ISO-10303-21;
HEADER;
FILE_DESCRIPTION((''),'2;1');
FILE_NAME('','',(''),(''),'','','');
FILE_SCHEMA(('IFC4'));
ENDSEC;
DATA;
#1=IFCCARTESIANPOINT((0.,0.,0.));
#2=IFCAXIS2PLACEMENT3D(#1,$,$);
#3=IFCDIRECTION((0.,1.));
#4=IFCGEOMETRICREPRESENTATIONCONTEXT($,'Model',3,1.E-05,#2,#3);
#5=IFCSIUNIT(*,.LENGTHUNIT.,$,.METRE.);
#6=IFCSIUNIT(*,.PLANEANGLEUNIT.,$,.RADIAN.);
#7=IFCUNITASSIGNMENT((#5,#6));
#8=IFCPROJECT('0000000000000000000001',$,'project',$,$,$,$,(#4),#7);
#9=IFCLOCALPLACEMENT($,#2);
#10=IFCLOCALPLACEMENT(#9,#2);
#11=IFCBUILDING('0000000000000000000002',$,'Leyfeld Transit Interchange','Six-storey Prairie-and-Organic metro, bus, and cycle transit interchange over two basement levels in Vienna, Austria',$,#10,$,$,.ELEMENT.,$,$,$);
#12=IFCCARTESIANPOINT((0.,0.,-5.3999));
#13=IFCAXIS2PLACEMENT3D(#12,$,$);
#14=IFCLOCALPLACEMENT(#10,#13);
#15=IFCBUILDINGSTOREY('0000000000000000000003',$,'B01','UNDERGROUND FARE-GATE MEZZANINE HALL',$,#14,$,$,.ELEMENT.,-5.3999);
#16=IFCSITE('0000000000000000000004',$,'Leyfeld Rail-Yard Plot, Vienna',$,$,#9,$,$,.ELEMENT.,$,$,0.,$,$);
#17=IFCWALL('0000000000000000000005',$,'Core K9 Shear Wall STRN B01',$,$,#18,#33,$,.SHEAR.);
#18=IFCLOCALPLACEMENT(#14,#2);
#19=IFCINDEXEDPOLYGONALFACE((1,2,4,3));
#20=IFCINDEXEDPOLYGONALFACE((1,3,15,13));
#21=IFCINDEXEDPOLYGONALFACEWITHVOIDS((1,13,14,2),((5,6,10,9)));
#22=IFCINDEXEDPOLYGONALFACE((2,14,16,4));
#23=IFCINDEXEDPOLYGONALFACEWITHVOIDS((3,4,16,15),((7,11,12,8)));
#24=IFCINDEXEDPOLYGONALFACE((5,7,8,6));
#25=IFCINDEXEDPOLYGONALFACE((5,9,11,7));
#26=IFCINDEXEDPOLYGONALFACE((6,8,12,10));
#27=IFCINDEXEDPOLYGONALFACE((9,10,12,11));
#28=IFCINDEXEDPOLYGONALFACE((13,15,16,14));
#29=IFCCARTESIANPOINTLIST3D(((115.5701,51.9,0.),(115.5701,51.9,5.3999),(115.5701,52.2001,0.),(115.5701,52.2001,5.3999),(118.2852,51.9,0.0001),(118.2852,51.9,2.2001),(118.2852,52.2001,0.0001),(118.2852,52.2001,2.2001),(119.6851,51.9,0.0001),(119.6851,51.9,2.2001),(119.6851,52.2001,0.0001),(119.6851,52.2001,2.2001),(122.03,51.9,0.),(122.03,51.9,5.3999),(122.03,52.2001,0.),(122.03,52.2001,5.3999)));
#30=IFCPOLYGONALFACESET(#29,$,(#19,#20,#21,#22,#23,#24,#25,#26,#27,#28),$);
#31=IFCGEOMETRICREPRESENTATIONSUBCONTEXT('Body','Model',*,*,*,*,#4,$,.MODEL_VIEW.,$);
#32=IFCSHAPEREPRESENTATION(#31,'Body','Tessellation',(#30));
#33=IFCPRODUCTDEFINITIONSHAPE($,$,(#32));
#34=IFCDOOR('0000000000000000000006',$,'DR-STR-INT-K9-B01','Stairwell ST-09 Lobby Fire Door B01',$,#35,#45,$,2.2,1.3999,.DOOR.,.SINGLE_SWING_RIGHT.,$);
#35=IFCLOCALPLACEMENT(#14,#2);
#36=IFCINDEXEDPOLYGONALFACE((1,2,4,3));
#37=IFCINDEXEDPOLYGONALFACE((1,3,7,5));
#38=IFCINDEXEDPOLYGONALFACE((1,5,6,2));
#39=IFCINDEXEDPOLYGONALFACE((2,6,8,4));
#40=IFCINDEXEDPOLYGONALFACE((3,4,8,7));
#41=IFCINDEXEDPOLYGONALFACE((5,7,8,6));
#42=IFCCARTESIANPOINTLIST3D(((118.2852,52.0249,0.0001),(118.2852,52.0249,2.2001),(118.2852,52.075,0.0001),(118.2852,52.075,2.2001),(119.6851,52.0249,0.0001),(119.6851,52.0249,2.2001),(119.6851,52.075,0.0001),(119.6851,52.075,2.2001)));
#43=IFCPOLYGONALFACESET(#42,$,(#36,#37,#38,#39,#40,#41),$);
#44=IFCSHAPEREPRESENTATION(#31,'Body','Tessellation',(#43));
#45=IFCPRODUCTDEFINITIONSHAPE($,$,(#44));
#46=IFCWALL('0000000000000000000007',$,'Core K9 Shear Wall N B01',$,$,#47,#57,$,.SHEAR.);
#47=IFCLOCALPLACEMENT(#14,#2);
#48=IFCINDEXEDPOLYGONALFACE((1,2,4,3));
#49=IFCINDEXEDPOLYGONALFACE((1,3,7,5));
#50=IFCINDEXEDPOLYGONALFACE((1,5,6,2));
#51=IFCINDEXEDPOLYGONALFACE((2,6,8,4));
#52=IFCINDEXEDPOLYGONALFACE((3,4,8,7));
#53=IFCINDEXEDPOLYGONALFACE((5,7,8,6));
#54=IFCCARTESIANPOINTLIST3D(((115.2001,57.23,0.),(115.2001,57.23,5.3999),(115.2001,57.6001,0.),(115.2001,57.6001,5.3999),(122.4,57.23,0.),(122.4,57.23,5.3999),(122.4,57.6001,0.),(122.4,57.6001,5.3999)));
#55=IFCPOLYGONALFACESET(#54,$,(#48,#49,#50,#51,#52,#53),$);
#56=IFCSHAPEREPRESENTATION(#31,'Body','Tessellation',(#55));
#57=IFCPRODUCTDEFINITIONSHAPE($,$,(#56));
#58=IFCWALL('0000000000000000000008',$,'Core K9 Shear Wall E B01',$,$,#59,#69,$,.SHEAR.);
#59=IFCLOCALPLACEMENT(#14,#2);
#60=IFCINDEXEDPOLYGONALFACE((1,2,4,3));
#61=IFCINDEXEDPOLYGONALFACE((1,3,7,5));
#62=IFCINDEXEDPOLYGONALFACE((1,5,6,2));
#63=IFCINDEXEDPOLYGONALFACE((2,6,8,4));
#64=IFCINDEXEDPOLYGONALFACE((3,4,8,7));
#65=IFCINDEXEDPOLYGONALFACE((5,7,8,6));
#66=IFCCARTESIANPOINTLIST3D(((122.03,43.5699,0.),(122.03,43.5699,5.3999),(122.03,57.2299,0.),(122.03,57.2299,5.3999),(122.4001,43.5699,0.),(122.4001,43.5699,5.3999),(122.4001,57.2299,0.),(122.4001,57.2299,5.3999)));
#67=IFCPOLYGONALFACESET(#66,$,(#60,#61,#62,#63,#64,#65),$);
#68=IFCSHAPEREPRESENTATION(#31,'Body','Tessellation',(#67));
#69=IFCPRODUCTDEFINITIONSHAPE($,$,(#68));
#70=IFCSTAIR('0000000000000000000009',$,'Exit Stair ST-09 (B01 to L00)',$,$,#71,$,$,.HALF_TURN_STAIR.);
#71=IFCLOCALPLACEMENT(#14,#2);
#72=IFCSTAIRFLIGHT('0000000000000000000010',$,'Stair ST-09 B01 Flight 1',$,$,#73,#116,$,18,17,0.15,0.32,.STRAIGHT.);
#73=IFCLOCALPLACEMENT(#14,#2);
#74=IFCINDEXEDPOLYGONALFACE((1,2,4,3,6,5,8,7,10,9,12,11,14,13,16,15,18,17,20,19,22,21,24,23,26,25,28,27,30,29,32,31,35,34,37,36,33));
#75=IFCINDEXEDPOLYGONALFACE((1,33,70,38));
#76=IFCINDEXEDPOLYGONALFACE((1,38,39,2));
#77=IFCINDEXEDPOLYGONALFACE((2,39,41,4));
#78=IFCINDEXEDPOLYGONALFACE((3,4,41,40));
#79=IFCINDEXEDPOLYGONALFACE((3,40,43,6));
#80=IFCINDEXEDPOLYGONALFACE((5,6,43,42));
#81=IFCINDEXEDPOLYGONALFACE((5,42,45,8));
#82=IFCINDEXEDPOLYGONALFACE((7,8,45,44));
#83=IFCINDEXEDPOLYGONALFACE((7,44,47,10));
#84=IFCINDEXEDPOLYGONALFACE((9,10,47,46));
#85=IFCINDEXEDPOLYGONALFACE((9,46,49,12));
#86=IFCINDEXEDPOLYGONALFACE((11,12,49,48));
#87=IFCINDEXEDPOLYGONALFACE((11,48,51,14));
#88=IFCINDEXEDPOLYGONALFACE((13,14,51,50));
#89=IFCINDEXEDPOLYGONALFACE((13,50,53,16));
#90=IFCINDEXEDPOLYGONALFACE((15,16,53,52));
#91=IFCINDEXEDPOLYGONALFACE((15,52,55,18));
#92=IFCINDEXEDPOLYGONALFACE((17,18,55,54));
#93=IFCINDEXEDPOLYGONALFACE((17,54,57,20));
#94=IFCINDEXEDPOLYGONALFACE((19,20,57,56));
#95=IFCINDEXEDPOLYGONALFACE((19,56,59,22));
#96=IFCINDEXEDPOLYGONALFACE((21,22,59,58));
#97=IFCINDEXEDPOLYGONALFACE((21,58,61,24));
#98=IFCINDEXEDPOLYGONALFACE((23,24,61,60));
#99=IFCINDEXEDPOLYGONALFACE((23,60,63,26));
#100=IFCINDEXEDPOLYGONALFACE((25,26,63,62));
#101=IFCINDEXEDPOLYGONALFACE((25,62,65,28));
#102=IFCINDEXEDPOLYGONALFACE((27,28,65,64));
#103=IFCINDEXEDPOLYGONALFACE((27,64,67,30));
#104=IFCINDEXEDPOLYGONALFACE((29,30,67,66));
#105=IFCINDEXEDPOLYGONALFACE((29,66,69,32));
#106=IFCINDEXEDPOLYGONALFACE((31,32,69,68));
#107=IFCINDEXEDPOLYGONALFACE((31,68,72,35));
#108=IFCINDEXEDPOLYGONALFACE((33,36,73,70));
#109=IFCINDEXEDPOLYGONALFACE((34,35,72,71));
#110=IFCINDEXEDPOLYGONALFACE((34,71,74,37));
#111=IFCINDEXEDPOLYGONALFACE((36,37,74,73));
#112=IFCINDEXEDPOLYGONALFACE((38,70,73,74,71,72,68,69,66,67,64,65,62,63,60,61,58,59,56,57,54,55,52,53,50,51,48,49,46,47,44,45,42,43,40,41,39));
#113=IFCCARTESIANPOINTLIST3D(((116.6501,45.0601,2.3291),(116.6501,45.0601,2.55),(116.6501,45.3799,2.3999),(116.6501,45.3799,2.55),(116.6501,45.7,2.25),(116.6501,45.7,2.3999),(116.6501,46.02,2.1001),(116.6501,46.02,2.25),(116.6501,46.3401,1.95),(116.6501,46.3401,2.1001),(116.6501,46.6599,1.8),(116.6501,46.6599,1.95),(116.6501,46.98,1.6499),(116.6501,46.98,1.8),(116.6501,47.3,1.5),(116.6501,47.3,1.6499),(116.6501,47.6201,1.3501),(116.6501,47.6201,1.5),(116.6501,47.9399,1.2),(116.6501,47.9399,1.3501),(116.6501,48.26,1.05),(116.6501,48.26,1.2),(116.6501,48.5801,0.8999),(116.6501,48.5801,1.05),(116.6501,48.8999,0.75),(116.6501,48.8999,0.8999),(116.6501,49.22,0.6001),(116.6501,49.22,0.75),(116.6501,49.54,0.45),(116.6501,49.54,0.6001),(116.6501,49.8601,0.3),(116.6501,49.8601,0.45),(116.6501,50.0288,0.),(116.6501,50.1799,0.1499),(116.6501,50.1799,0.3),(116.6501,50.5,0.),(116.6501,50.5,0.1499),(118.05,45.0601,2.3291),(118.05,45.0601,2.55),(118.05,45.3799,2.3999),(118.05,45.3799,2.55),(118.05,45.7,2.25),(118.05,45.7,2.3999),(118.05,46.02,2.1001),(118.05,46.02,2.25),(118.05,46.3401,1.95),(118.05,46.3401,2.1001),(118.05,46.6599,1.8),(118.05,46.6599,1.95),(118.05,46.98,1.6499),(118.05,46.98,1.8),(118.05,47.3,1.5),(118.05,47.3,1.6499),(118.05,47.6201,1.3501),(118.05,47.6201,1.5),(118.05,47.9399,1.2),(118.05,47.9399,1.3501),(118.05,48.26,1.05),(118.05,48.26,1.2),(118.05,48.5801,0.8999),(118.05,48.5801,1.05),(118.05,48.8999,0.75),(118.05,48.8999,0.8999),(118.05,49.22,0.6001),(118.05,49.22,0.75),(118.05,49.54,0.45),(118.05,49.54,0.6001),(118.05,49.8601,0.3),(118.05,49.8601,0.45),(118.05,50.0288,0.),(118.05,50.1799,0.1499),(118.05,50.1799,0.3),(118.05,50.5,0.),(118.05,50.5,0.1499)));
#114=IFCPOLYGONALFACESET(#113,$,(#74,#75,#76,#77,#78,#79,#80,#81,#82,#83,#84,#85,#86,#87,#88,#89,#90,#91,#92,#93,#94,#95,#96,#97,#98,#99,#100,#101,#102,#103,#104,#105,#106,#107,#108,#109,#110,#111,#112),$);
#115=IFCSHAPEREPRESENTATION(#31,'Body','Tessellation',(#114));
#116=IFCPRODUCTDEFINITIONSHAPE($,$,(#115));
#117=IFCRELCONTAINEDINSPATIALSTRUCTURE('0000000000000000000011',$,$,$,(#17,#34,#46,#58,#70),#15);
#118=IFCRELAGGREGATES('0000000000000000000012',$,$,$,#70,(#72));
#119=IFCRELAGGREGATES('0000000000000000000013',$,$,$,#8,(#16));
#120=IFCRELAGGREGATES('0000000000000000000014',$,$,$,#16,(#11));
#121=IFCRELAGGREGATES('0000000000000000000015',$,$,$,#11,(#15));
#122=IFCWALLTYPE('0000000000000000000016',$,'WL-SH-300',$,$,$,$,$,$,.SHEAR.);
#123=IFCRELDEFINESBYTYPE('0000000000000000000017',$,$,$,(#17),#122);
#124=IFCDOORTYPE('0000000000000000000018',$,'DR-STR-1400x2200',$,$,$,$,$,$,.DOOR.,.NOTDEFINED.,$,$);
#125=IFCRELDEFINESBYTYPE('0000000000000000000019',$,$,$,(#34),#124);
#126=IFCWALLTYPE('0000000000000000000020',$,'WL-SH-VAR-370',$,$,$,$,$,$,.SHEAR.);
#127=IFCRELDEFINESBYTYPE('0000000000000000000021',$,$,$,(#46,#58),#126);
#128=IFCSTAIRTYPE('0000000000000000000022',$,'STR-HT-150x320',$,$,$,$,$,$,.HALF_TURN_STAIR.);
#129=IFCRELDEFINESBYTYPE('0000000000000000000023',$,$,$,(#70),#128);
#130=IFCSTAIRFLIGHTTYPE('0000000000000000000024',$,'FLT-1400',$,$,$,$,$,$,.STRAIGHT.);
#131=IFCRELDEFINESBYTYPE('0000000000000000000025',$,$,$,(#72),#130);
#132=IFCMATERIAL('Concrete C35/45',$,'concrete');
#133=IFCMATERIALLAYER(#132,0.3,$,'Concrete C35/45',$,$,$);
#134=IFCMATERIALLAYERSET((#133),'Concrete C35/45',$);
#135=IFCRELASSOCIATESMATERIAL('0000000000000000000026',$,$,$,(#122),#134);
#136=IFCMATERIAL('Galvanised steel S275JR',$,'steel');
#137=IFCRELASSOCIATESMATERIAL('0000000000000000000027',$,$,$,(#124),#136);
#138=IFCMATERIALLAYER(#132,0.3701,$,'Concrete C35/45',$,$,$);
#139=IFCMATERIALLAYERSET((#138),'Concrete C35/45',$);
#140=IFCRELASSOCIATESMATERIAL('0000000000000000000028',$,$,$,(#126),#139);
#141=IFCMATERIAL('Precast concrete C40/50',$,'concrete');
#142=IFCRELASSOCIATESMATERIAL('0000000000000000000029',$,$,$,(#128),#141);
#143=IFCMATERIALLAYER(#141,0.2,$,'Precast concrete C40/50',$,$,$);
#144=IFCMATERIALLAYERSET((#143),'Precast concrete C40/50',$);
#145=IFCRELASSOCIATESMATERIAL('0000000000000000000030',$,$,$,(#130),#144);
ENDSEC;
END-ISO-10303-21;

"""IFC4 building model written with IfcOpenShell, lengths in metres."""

from ifc_helpers import new_model, si_unit, direction, frame, frame_2d, origin, place, context, subcontext, project, spatial, polyline, rectangle, outline, extrude, material, layer, layer_set, type_object, element, fill, aggregate, save


model = new_model("IFC4")

# Units and contexts
model_context = context("Model", 3, precision=1e-05, world=origin(), true_north=direction((0.0, 1.0)))
body_context = subcontext(model_context, "Body", "Model", "MODEL_VIEW")
ifc_project = project(units=[si_unit("LENGTHUNIT", "METRE"), si_unit("PLANEANGLEUNIT", "RADIAN")], contexts=[model_context])

# Site, building, storey
site_placement = place(None, origin())
site = spatial("IfcSite", under=ifc_project, at=site_placement, Name="Leyfeld Rail-Yard Plot, Vienna", CompositionType="ELEMENT", RefElevation=0.0)
building_placement = place(site_placement, origin())
building = spatial("IfcBuilding", under=site, at=building_placement, Name="Leyfeld Transit Interchange", Description="Six-storey Prairie-and-Organic metro, bus, and cycle transit interchange over two basement levels in Vienna, Austria", CompositionType="ELEMENT")
storey_placement = place(building_placement, frame((0.0, 0.0, -5.3999)))
storey = spatial("IfcBuildingStorey", under=building, at=storey_placement, Name="B01", Description="UNDERGROUND FARE-GATE MEZZANINE HALL", CompositionType="ELEMENT", Elevation=-5.3999)

# Shared definitions
ifc_material_1 = material(Name="Concrete C35/45", Category="concrete")

# Wall, opening, door
ifc_layer_1 = layer(ifc_material_1, 0.3, Name="Concrete C35/45")
ifc_layer_set_1 = layer_set([ifc_layer_1], Name="Concrete C35/45")
wall_type_1 = type_object("IfcWallType", Name="WL-SH-300", PredefinedType="SHEAR", material=ifc_layer_set_1)
wall_1_placement = place(storey_placement, frame((115.5701, 52.05, 0.0), z_axis=(0.0, 0.0, 1.0), x_axis=(1.0, 0.0, 0.0)))
wall_1 = element("IfcWall", 1, at=wall_1_placement, inside=storey, type_object=wall_type_1, Name="Core K9 Shear Wall STRN B01", PredefinedType="SHEAR", context=body_context, shape_type="SweptSolid", body=[
    extrude(rectangle(XDim=6.46, YDim=0.3, at=frame_2d((3.23, 0.0))), origin(), (0.0, 0.0, 1.0), 5.3999),
])
opening_placement = place(wall_1_placement, frame((2.7151, 0.0, 0.0)))
opening = element("IfcOpeningElement", 2, at=opening_placement, cuts=wall_1, PredefinedType="OPENING", context=body_context, shape_type="SweptSolid", body=[
    extrude(rectangle(XDim=1.3999, YDim=2.2, at=frame_2d((0.7, 1.1001))), frame((0.0, 0.1599, 0.0), z_axis=(0.0, -1.0, 0.0), x_axis=(1.0, 0.0, 0.0)), (0.0, 0.0, 1.0), 0.3201),
])
ifc_material_2 = material(Name="Galvanised steel S275JR", Category="steel")
door_type = type_object("IfcDoorType", Name="DR-STR-1400x2200", OperationType="NOTDEFINED", PredefinedType="DOOR", material=ifc_material_2)
door_placement = place(opening_placement, origin())
door = element("IfcDoor", 3, at=door_placement, inside=storey, type_object=door_type, Name="DR-STR-INT-K9-B01", Description="Stairwell ST-09 Lobby Fire Door B01", OperationType="SINGLE_SWING_RIGHT", OverallHeight=2.2, OverallWidth=1.3999, PredefinedType="DOOR", context=body_context, shape_type="SweptSolid", body=[
    extrude(rectangle(XDim=1.3999, YDim=2.2, at=frame_2d((0.7, 1.1001))), frame((0.0, 0.0249, 0.0), z_axis=(0.0, -1.0, 0.0), x_axis=(1.0, 0.0, 0.0)), (0.0, 0.0, 1.0), 0.05),
])
fill(opening, door)

# Walls
ifc_layer_2 = layer(ifc_material_1, 0.3701, Name="Concrete C35/45")
ifc_layer_set_2 = layer_set([ifc_layer_2], Name="Concrete C35/45")
wall_type_2 = type_object("IfcWallType", Name="WL-SH-VAR-370", PredefinedType="SHEAR", material=ifc_layer_set_2)
wall_2_placement = place(storey_placement, frame((115.2, 57.415, 0.0), z_axis=(0.0, 0.0, 1.0), x_axis=(1.0, 0.0, 0.0)))
element("IfcWall", 4, at=wall_2_placement, inside=storey, type_object=wall_type_2, Name="Core K9 Shear Wall N B01", PredefinedType="SHEAR", context=body_context, shape_type="SweptSolid", body=[
    extrude(rectangle(XDim=7.2, YDim=0.3701, at=frame_2d((3.6001, 0.0))), origin(), (0.0, 0.0, 1.0), 5.3999),
])
wall_3_placement = place(storey_placement, frame((122.2151, 57.23, 0.0), z_axis=(0.0, 0.0, 1.0), x_axis=(0.0, -1.0, 0.0)))
element("IfcWall", 5, at=wall_3_placement, inside=storey, type_object=wall_type_2, Name="Core K9 Shear Wall E B01", PredefinedType="SHEAR", context=body_context, shape_type="SweptSolid", body=[
    extrude(rectangle(XDim=13.6599, YDim=0.3701, at=frame_2d((6.8301, 0.0))), origin(), (0.0, 0.0, 1.0), 5.3999),
])

# Stair, stair flight
ifc_material_3 = material(Name="Precast concrete C40/50", Category="concrete")
stair_type = type_object("IfcStairType", Name="STR-HT-150x320", PredefinedType="HALF_TURN_STAIR", material=ifc_material_3)
stair_placement = place(storey_placement, origin())
stair = element("IfcStair", 6, at=stair_placement, inside=storey, type_object=stair_type, Name="Exit Stair ST-09 (B01 to L00)", PredefinedType="HALF_TURN_STAIR")
ifc_layer_3 = layer(ifc_material_3, 0.2, Name="Precast concrete C40/50")
ifc_layer_set_3 = layer_set([ifc_layer_3], Name="Precast concrete C40/50")
stair_flight_type = type_object("IfcStairFlightType", Name="FLT-1400", PredefinedType="STRAIGHT", material=ifc_layer_set_3)
stair_flight_placement = place(storey_placement, frame((117.3501, 50.5, 0.0), z_axis=(0.0, 0.0, 1.0), x_axis=(0.0, -1.0, 0.0)))
stair_flight = element("IfcStairFlight", 7, at=stair_flight_placement, type_object=stair_flight_type, Name="Stair ST-09 B01 Flight 1", NumberOfRisers=18, NumberOfTreads=17, PredefinedType="STRAIGHT", RiserHeight=0.15, TreadLength=0.32, context=body_context, shape_type="SweptSolid", body=[
    extrude(outline(polyline([(0.0, 0.0), (0.0, 0.1499), (0.3201, 0.1499), (0.3201, 0.3), (0.6399, 0.3), (0.6399, 0.45), (0.96, 0.45), (0.96, 0.6001), (1.28, 0.6001), (1.28, 0.75), (1.6001, 0.75), (1.6001, 0.8999), (1.9199, 0.8999), (1.9199, 1.05), (2.24, 1.05), (2.24, 1.2), (2.5601, 1.2), (2.5601, 1.3501), (2.8799, 1.3501), (2.8799, 1.5), (3.2, 1.5), (3.2, 1.6499), (3.52, 1.6499), (3.52, 1.8), (3.8401, 1.8), (3.8401, 1.95), (4.1599, 1.95), (4.1599, 2.1001), (4.48, 2.1001), (4.48, 2.25), (4.8, 2.25), (4.8, 2.3999), (5.1201, 2.3999), (5.1201, 2.55), (5.4399, 2.55), (5.4399, 2.7), (5.4399, 2.3291), (0.4712, 0.0), (0.0, 0.0)])), frame((0.0, 0.7, 0.0), z_axis=(0.0, -1.0, 0.0), x_axis=(1.0, 0.0, 0.0)), (0.0, 0.0, 1.0), 1.3999),
])
aggregate(stair, [stair_flight])

save(model, "model.ifc")
